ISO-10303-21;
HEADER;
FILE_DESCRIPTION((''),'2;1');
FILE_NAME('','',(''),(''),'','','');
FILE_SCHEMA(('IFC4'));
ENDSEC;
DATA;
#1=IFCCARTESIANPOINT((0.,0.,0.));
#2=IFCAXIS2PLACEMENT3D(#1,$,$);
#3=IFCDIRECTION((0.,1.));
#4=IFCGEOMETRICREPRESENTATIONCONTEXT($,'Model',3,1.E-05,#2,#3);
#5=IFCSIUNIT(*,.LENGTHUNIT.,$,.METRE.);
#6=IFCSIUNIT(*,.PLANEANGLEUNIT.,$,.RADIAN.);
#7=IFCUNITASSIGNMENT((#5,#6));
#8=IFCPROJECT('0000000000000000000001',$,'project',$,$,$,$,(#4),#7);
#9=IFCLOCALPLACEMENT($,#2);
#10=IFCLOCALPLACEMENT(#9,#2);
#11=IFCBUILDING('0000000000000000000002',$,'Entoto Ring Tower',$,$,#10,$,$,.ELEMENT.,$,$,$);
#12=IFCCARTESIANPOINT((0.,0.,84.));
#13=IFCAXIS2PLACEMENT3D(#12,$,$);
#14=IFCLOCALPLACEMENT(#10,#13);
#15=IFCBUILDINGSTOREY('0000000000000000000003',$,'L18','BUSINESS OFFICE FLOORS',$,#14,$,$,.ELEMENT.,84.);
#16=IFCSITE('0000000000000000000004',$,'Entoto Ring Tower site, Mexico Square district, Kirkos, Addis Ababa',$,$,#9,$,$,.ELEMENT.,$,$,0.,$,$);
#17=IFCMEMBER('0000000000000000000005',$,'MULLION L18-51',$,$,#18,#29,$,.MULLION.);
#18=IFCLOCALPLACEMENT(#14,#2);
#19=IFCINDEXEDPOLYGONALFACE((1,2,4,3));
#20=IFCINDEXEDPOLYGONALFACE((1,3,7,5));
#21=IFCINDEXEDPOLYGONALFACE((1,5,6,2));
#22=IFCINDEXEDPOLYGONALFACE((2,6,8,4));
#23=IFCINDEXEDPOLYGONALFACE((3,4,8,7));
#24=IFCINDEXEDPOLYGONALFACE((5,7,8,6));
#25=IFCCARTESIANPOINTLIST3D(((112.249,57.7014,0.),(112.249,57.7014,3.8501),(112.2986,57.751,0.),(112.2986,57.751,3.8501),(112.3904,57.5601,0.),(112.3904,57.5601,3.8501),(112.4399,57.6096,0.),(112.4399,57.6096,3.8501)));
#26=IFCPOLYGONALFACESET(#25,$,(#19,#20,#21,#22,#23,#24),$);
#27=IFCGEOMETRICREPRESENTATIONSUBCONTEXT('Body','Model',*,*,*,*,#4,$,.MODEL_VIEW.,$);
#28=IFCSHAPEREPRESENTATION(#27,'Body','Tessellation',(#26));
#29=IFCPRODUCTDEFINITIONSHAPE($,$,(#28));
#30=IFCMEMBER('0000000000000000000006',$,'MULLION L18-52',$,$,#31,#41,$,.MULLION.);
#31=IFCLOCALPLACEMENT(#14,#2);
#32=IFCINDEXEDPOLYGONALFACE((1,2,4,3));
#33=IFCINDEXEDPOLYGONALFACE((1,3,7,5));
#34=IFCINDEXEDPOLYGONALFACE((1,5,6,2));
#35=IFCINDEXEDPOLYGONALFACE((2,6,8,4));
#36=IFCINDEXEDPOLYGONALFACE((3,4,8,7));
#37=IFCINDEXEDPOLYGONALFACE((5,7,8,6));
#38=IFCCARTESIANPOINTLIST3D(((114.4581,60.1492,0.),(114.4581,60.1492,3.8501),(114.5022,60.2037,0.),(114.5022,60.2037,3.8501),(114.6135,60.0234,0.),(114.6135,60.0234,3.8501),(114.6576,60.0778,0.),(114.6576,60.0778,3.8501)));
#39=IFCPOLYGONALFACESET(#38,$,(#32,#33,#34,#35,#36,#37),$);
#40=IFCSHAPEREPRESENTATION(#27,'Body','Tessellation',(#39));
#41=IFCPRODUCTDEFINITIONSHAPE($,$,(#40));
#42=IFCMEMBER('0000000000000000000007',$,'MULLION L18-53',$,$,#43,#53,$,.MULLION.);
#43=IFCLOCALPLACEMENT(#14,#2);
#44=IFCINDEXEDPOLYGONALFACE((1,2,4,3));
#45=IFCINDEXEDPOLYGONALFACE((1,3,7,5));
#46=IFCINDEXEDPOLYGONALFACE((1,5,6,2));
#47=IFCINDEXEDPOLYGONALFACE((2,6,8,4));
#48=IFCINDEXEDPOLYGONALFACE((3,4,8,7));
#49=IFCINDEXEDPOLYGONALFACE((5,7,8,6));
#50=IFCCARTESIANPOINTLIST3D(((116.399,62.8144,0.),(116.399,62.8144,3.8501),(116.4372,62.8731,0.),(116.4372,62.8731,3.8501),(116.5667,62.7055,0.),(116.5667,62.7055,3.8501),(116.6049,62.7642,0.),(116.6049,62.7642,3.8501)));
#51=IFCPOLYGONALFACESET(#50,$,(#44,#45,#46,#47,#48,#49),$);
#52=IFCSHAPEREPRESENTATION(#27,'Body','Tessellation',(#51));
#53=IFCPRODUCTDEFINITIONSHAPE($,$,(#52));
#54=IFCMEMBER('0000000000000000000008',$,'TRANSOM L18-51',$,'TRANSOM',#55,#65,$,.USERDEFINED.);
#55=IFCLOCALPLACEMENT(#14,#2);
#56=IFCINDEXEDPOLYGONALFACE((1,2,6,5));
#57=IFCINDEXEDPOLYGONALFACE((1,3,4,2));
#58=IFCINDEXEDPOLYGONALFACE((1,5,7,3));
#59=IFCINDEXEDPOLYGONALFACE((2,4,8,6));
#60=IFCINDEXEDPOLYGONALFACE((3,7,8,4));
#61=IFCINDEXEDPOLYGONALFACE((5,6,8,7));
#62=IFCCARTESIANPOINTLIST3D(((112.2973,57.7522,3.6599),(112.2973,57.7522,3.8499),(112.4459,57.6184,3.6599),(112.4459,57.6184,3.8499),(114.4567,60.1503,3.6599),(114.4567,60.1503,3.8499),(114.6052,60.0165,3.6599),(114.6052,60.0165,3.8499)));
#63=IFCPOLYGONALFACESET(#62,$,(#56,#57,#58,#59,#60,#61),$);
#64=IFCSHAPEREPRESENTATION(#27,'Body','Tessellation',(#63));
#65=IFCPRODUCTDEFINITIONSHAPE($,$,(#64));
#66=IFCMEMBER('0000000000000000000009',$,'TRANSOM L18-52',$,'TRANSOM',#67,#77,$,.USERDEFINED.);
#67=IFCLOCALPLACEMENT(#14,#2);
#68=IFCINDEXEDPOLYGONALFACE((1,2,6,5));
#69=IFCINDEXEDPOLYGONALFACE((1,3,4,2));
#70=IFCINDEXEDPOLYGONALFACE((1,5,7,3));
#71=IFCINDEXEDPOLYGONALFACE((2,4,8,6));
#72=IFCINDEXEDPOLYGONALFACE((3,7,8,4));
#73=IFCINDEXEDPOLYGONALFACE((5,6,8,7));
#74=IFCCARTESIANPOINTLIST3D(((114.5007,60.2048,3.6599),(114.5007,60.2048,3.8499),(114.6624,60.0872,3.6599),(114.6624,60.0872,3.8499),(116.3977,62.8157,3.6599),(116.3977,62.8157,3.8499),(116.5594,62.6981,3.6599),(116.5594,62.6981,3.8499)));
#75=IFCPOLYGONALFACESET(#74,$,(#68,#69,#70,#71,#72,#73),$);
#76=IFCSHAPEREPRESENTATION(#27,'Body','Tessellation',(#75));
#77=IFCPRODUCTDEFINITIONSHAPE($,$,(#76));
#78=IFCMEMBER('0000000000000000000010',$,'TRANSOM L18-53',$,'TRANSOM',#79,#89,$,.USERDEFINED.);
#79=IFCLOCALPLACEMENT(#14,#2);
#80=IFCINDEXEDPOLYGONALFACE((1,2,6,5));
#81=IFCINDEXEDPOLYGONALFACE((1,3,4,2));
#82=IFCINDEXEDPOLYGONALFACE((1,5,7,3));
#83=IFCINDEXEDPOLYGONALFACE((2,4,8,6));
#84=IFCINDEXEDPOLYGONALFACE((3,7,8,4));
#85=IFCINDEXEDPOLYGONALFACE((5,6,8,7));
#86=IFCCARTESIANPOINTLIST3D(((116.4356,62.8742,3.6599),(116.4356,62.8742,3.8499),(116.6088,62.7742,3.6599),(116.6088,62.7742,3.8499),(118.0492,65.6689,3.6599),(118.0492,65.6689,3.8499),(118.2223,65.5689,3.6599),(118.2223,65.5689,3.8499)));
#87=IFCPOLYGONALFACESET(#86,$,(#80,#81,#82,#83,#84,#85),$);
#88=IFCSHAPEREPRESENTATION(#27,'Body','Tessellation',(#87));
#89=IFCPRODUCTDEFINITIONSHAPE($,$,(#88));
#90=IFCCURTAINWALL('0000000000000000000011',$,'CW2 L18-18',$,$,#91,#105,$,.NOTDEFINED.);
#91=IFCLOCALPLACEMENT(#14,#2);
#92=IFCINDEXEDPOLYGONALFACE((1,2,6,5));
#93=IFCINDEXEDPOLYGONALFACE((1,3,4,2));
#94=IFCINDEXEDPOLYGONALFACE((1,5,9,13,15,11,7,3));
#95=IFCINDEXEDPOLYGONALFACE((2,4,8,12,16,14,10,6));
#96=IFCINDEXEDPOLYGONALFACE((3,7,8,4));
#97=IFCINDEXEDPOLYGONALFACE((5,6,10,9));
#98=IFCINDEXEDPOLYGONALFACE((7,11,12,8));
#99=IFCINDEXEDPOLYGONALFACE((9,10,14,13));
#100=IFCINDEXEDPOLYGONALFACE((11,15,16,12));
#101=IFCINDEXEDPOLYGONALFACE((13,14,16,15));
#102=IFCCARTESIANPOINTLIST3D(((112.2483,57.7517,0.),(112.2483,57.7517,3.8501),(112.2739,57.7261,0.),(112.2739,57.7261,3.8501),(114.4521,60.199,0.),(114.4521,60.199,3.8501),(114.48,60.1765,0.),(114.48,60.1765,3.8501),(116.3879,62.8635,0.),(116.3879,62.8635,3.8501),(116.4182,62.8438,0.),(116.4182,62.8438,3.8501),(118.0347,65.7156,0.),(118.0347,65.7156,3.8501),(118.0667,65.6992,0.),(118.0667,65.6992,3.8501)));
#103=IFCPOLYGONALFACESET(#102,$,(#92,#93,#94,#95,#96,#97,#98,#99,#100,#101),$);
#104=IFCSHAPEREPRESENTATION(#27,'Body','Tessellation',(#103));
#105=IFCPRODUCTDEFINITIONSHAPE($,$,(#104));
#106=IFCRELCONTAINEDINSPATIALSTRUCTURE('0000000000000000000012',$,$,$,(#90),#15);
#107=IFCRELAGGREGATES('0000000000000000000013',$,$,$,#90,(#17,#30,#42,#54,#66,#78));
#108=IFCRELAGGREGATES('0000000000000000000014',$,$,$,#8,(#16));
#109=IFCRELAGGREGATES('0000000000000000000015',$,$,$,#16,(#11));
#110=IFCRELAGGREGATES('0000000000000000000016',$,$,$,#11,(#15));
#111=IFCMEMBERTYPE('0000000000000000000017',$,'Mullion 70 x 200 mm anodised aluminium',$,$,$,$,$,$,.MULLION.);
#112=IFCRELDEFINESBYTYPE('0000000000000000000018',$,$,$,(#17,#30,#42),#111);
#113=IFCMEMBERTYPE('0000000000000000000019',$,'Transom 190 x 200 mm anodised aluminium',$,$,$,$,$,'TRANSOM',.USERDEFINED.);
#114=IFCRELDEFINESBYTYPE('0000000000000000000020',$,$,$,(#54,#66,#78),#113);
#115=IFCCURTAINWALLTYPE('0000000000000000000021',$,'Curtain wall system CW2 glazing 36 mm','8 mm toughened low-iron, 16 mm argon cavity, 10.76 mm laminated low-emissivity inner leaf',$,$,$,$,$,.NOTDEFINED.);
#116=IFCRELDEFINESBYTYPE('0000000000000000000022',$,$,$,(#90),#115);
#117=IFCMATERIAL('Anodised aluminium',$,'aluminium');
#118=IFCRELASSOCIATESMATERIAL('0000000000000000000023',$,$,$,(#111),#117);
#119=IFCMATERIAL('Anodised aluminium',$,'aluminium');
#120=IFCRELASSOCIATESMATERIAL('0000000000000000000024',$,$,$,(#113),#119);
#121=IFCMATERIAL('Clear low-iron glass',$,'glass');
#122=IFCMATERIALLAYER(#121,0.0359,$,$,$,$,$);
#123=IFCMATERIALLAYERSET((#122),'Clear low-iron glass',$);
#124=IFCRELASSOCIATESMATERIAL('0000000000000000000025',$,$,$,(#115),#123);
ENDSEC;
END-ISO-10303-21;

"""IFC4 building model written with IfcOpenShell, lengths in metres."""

from ifc_helpers import new_model, si_unit, direction, frame, origin, origin_2d, place, context, subcontext, project, spatial, polyline, rectangle, outline, extrude, material, layer, layer_set, material_profile, profile_set, type_object, element, aggregate, save


model = new_model("IFC4")

# Units and contexts
model_context = context("Model", 3, precision=1e-05, world=origin(), true_north=direction((0.0, 1.0)))
body_context = subcontext(model_context, "Body", "Model", "MODEL_VIEW")
ifc_project = project(units=[si_unit("LENGTHUNIT", "METRE"), si_unit("PLANEANGLEUNIT", "RADIAN")], contexts=[model_context])

# Members
ifc_material_1 = material(Name="Anodised aluminium", Category="aluminium")
ifc_material_profile_1 = material_profile(ifc_material_1, rectangle(XDim=0.0701, YDim=0.2, at=origin_2d()), Name="Mullion 70 x 200 mm anodised aluminium")
ifc_profile_set_1 = profile_set([ifc_material_profile_1], Name="Anodised aluminium")
member_type_1 = type_object("IfcMemberType", Name="Mullion 70 x 200 mm anodised aluminium", PredefinedType="MULLION", material=ifc_profile_set_1)
site_placement = place(None, origin())
building_placement = place(site_placement, origin())
storey_placement = place(building_placement, frame((0.0, 0.0, 84.0)))
member_1_placement = place(storey_placement, frame((112.3445, 57.6555, 0.0), z_axis=(0.0, 0.0, 1.0), x_axis=(0.707107, 0.707107, 0.0)))
member_1 = element("IfcMember", 1, at=member_1_placement, type_object=member_type_1, Name="MULLION L18-51", PredefinedType="MULLION", context=body_context, shape_type="SweptSolid", body=[
    extrude(rectangle(XDim=0.0701, YDim=0.2, at=origin_2d()), origin(), (0.0, 0.0, 1.0), 3.8501),
])
member_2_placement = place(storey_placement, frame((114.5579, 60.1135, 0.0), z_axis=(0.0, 0.0, 1.0), x_axis=(0.62932, 0.777146, 0.0)))
member_2 = element("IfcMember", 2, at=member_2_placement, type_object=member_type_1, Name="MULLION L18-52", PredefinedType="MULLION", context=body_context, shape_type="SweptSolid", body=[
    extrude(rectangle(XDim=0.0701, YDim=0.2, at=origin_2d()), origin(), (0.0, 0.0, 1.0), 3.8501),
])
member_3_placement = place(storey_placement, frame((116.502, 62.7893, 0.0), z_axis=(0.0, 0.0, 1.0), x_axis=(0.544639, 0.838671, 0.0)))
member_3 = element("IfcMember", 3, at=member_3_placement, type_object=member_type_1, Name="MULLION L18-53", PredefinedType="MULLION", context=body_context, shape_type="SweptSolid", body=[
    extrude(rectangle(XDim=0.0701, YDim=0.2, at=origin_2d()), origin(), (0.0, 0.0, 1.0), 3.8501),
])
ifc_material_2 = material(Name="Anodised aluminium", Category="aluminium")
ifc_material_profile_2 = material_profile(ifc_material_2, rectangle(XDim=0.2, YDim=0.1899, at=origin_2d()), Name="Transom 190 x 200 mm anodised aluminium")
ifc_profile_set_2 = profile_set([ifc_material_profile_2], Name="Anodised aluminium")
member_type_2 = type_object("IfcMemberType", Name="Transom 190 x 200 mm anodised aluminium", ElementType="TRANSOM", PredefinedType="USERDEFINED", material=ifc_profile_set_2)
member_4_placement = place(storey_placement, frame((112.3716, 57.6853, 3.7549), z_axis=(0.669144, 0.743132, 0.0), x_axis=(-0.743132, 0.669144, 0.0)))
member_4 = element("IfcMember", 4, at=member_4_placement, type_object=member_type_2, Name="TRANSOM L18-51", ObjectType="TRANSOM", PredefinedType="USERDEFINED", context=body_context, shape_type="SweptSolid", body=[
    extrude(rectangle(XDim=0.2, YDim=0.1899, at=origin_2d()), origin(), (0.0, 0.0, 1.0), 3.2271),
])
member_5_placement = place(storey_placement, frame((114.5815, 60.146, 3.7549), z_axis=(0.587803, 0.809004, 0.0), x_axis=(-0.809004, 0.587803, 0.0)))
member_5 = element("IfcMember", 5, at=member_5_placement, type_object=member_type_2, Name="TRANSOM L18-52", ObjectType="TRANSOM", PredefinedType="USERDEFINED", context=body_context, shape_type="SweptSolid", body=[
    extrude(rectangle(XDim=0.2, YDim=0.1899, at=origin_2d()), origin(), (0.0, 0.0, 1.0), 3.2273),
])
member_6_placement = place(storey_placement, frame((116.5222, 62.8242, 3.7549), z_axis=(0.500004, 0.866023, 0.0), x_axis=(-0.866023, 0.500004, 0.0)))
member_6 = element("IfcMember", 6, at=member_6_placement, type_object=member_type_2, Name="TRANSOM L18-53", ObjectType="TRANSOM", PredefinedType="USERDEFINED", context=body_context, shape_type="SweptSolid", body=[
    extrude(rectangle(XDim=0.2, YDim=0.1899, at=origin_2d()), origin(), (0.0, 0.0, 1.0), 3.2271),
])

# Site, building, storey
site = spatial("IfcSite", under=ifc_project, at=site_placement, Name="Entoto Ring Tower site, Mexico Square district, Kirkos, Addis Ababa", CompositionType="ELEMENT", RefElevation=0.0)
building = spatial("IfcBuilding", under=site, at=building_placement, Name="Entoto Ring Tower", CompositionType="ELEMENT")
storey = spatial("IfcBuildingStorey", under=building, at=storey_placement, Name="L18", Description="BUSINESS OFFICE FLOORS", CompositionType="ELEMENT", Elevation=84.0)

# Curtain wall
ifc_material_3 = material(Name="Clear low-iron glass", Category="glass")
ifc_layer_1 = layer(ifc_material_3, 0.0359)
ifc_layer_set_1 = layer_set([ifc_layer_1], Name="Clear low-iron glass")
curtain_wall_type = type_object("IfcCurtainWallType", Name="Curtain wall system CW2 glazing 36 mm", Description="8 mm toughened low-iron, 16 mm argon cavity, 10.76 mm laminated low-emissivity inner leaf", PredefinedType="NOTDEFINED", material=ifc_layer_set_1)
curtain_wall_1_placement = place(storey_placement, origin())
curtain_wall_1 = element("IfcCurtainWall", 7, at=curtain_wall_1_placement, inside=storey, type_object=curtain_wall_type, Name="CW2 L18-18", PredefinedType="NOTDEFINED", context=body_context, shape_type="SweptSolid", body=[
    extrude(outline(polyline([(112.2739, 57.7261), (114.48, 60.1765), (116.4182, 62.8438), (118.0667, 65.6992), (118.0347, 65.7156), (116.3879, 62.8635), (114.4521, 60.199), (112.2483, 57.7517), (112.2739, 57.7261)])), origin(), (0.0, 0.0, 1.0), 3.8501),
])
aggregate(curtain_wall_1, [member_1, member_2, member_3, member_4, member_5, member_6])

save(model, "model.ifc")
